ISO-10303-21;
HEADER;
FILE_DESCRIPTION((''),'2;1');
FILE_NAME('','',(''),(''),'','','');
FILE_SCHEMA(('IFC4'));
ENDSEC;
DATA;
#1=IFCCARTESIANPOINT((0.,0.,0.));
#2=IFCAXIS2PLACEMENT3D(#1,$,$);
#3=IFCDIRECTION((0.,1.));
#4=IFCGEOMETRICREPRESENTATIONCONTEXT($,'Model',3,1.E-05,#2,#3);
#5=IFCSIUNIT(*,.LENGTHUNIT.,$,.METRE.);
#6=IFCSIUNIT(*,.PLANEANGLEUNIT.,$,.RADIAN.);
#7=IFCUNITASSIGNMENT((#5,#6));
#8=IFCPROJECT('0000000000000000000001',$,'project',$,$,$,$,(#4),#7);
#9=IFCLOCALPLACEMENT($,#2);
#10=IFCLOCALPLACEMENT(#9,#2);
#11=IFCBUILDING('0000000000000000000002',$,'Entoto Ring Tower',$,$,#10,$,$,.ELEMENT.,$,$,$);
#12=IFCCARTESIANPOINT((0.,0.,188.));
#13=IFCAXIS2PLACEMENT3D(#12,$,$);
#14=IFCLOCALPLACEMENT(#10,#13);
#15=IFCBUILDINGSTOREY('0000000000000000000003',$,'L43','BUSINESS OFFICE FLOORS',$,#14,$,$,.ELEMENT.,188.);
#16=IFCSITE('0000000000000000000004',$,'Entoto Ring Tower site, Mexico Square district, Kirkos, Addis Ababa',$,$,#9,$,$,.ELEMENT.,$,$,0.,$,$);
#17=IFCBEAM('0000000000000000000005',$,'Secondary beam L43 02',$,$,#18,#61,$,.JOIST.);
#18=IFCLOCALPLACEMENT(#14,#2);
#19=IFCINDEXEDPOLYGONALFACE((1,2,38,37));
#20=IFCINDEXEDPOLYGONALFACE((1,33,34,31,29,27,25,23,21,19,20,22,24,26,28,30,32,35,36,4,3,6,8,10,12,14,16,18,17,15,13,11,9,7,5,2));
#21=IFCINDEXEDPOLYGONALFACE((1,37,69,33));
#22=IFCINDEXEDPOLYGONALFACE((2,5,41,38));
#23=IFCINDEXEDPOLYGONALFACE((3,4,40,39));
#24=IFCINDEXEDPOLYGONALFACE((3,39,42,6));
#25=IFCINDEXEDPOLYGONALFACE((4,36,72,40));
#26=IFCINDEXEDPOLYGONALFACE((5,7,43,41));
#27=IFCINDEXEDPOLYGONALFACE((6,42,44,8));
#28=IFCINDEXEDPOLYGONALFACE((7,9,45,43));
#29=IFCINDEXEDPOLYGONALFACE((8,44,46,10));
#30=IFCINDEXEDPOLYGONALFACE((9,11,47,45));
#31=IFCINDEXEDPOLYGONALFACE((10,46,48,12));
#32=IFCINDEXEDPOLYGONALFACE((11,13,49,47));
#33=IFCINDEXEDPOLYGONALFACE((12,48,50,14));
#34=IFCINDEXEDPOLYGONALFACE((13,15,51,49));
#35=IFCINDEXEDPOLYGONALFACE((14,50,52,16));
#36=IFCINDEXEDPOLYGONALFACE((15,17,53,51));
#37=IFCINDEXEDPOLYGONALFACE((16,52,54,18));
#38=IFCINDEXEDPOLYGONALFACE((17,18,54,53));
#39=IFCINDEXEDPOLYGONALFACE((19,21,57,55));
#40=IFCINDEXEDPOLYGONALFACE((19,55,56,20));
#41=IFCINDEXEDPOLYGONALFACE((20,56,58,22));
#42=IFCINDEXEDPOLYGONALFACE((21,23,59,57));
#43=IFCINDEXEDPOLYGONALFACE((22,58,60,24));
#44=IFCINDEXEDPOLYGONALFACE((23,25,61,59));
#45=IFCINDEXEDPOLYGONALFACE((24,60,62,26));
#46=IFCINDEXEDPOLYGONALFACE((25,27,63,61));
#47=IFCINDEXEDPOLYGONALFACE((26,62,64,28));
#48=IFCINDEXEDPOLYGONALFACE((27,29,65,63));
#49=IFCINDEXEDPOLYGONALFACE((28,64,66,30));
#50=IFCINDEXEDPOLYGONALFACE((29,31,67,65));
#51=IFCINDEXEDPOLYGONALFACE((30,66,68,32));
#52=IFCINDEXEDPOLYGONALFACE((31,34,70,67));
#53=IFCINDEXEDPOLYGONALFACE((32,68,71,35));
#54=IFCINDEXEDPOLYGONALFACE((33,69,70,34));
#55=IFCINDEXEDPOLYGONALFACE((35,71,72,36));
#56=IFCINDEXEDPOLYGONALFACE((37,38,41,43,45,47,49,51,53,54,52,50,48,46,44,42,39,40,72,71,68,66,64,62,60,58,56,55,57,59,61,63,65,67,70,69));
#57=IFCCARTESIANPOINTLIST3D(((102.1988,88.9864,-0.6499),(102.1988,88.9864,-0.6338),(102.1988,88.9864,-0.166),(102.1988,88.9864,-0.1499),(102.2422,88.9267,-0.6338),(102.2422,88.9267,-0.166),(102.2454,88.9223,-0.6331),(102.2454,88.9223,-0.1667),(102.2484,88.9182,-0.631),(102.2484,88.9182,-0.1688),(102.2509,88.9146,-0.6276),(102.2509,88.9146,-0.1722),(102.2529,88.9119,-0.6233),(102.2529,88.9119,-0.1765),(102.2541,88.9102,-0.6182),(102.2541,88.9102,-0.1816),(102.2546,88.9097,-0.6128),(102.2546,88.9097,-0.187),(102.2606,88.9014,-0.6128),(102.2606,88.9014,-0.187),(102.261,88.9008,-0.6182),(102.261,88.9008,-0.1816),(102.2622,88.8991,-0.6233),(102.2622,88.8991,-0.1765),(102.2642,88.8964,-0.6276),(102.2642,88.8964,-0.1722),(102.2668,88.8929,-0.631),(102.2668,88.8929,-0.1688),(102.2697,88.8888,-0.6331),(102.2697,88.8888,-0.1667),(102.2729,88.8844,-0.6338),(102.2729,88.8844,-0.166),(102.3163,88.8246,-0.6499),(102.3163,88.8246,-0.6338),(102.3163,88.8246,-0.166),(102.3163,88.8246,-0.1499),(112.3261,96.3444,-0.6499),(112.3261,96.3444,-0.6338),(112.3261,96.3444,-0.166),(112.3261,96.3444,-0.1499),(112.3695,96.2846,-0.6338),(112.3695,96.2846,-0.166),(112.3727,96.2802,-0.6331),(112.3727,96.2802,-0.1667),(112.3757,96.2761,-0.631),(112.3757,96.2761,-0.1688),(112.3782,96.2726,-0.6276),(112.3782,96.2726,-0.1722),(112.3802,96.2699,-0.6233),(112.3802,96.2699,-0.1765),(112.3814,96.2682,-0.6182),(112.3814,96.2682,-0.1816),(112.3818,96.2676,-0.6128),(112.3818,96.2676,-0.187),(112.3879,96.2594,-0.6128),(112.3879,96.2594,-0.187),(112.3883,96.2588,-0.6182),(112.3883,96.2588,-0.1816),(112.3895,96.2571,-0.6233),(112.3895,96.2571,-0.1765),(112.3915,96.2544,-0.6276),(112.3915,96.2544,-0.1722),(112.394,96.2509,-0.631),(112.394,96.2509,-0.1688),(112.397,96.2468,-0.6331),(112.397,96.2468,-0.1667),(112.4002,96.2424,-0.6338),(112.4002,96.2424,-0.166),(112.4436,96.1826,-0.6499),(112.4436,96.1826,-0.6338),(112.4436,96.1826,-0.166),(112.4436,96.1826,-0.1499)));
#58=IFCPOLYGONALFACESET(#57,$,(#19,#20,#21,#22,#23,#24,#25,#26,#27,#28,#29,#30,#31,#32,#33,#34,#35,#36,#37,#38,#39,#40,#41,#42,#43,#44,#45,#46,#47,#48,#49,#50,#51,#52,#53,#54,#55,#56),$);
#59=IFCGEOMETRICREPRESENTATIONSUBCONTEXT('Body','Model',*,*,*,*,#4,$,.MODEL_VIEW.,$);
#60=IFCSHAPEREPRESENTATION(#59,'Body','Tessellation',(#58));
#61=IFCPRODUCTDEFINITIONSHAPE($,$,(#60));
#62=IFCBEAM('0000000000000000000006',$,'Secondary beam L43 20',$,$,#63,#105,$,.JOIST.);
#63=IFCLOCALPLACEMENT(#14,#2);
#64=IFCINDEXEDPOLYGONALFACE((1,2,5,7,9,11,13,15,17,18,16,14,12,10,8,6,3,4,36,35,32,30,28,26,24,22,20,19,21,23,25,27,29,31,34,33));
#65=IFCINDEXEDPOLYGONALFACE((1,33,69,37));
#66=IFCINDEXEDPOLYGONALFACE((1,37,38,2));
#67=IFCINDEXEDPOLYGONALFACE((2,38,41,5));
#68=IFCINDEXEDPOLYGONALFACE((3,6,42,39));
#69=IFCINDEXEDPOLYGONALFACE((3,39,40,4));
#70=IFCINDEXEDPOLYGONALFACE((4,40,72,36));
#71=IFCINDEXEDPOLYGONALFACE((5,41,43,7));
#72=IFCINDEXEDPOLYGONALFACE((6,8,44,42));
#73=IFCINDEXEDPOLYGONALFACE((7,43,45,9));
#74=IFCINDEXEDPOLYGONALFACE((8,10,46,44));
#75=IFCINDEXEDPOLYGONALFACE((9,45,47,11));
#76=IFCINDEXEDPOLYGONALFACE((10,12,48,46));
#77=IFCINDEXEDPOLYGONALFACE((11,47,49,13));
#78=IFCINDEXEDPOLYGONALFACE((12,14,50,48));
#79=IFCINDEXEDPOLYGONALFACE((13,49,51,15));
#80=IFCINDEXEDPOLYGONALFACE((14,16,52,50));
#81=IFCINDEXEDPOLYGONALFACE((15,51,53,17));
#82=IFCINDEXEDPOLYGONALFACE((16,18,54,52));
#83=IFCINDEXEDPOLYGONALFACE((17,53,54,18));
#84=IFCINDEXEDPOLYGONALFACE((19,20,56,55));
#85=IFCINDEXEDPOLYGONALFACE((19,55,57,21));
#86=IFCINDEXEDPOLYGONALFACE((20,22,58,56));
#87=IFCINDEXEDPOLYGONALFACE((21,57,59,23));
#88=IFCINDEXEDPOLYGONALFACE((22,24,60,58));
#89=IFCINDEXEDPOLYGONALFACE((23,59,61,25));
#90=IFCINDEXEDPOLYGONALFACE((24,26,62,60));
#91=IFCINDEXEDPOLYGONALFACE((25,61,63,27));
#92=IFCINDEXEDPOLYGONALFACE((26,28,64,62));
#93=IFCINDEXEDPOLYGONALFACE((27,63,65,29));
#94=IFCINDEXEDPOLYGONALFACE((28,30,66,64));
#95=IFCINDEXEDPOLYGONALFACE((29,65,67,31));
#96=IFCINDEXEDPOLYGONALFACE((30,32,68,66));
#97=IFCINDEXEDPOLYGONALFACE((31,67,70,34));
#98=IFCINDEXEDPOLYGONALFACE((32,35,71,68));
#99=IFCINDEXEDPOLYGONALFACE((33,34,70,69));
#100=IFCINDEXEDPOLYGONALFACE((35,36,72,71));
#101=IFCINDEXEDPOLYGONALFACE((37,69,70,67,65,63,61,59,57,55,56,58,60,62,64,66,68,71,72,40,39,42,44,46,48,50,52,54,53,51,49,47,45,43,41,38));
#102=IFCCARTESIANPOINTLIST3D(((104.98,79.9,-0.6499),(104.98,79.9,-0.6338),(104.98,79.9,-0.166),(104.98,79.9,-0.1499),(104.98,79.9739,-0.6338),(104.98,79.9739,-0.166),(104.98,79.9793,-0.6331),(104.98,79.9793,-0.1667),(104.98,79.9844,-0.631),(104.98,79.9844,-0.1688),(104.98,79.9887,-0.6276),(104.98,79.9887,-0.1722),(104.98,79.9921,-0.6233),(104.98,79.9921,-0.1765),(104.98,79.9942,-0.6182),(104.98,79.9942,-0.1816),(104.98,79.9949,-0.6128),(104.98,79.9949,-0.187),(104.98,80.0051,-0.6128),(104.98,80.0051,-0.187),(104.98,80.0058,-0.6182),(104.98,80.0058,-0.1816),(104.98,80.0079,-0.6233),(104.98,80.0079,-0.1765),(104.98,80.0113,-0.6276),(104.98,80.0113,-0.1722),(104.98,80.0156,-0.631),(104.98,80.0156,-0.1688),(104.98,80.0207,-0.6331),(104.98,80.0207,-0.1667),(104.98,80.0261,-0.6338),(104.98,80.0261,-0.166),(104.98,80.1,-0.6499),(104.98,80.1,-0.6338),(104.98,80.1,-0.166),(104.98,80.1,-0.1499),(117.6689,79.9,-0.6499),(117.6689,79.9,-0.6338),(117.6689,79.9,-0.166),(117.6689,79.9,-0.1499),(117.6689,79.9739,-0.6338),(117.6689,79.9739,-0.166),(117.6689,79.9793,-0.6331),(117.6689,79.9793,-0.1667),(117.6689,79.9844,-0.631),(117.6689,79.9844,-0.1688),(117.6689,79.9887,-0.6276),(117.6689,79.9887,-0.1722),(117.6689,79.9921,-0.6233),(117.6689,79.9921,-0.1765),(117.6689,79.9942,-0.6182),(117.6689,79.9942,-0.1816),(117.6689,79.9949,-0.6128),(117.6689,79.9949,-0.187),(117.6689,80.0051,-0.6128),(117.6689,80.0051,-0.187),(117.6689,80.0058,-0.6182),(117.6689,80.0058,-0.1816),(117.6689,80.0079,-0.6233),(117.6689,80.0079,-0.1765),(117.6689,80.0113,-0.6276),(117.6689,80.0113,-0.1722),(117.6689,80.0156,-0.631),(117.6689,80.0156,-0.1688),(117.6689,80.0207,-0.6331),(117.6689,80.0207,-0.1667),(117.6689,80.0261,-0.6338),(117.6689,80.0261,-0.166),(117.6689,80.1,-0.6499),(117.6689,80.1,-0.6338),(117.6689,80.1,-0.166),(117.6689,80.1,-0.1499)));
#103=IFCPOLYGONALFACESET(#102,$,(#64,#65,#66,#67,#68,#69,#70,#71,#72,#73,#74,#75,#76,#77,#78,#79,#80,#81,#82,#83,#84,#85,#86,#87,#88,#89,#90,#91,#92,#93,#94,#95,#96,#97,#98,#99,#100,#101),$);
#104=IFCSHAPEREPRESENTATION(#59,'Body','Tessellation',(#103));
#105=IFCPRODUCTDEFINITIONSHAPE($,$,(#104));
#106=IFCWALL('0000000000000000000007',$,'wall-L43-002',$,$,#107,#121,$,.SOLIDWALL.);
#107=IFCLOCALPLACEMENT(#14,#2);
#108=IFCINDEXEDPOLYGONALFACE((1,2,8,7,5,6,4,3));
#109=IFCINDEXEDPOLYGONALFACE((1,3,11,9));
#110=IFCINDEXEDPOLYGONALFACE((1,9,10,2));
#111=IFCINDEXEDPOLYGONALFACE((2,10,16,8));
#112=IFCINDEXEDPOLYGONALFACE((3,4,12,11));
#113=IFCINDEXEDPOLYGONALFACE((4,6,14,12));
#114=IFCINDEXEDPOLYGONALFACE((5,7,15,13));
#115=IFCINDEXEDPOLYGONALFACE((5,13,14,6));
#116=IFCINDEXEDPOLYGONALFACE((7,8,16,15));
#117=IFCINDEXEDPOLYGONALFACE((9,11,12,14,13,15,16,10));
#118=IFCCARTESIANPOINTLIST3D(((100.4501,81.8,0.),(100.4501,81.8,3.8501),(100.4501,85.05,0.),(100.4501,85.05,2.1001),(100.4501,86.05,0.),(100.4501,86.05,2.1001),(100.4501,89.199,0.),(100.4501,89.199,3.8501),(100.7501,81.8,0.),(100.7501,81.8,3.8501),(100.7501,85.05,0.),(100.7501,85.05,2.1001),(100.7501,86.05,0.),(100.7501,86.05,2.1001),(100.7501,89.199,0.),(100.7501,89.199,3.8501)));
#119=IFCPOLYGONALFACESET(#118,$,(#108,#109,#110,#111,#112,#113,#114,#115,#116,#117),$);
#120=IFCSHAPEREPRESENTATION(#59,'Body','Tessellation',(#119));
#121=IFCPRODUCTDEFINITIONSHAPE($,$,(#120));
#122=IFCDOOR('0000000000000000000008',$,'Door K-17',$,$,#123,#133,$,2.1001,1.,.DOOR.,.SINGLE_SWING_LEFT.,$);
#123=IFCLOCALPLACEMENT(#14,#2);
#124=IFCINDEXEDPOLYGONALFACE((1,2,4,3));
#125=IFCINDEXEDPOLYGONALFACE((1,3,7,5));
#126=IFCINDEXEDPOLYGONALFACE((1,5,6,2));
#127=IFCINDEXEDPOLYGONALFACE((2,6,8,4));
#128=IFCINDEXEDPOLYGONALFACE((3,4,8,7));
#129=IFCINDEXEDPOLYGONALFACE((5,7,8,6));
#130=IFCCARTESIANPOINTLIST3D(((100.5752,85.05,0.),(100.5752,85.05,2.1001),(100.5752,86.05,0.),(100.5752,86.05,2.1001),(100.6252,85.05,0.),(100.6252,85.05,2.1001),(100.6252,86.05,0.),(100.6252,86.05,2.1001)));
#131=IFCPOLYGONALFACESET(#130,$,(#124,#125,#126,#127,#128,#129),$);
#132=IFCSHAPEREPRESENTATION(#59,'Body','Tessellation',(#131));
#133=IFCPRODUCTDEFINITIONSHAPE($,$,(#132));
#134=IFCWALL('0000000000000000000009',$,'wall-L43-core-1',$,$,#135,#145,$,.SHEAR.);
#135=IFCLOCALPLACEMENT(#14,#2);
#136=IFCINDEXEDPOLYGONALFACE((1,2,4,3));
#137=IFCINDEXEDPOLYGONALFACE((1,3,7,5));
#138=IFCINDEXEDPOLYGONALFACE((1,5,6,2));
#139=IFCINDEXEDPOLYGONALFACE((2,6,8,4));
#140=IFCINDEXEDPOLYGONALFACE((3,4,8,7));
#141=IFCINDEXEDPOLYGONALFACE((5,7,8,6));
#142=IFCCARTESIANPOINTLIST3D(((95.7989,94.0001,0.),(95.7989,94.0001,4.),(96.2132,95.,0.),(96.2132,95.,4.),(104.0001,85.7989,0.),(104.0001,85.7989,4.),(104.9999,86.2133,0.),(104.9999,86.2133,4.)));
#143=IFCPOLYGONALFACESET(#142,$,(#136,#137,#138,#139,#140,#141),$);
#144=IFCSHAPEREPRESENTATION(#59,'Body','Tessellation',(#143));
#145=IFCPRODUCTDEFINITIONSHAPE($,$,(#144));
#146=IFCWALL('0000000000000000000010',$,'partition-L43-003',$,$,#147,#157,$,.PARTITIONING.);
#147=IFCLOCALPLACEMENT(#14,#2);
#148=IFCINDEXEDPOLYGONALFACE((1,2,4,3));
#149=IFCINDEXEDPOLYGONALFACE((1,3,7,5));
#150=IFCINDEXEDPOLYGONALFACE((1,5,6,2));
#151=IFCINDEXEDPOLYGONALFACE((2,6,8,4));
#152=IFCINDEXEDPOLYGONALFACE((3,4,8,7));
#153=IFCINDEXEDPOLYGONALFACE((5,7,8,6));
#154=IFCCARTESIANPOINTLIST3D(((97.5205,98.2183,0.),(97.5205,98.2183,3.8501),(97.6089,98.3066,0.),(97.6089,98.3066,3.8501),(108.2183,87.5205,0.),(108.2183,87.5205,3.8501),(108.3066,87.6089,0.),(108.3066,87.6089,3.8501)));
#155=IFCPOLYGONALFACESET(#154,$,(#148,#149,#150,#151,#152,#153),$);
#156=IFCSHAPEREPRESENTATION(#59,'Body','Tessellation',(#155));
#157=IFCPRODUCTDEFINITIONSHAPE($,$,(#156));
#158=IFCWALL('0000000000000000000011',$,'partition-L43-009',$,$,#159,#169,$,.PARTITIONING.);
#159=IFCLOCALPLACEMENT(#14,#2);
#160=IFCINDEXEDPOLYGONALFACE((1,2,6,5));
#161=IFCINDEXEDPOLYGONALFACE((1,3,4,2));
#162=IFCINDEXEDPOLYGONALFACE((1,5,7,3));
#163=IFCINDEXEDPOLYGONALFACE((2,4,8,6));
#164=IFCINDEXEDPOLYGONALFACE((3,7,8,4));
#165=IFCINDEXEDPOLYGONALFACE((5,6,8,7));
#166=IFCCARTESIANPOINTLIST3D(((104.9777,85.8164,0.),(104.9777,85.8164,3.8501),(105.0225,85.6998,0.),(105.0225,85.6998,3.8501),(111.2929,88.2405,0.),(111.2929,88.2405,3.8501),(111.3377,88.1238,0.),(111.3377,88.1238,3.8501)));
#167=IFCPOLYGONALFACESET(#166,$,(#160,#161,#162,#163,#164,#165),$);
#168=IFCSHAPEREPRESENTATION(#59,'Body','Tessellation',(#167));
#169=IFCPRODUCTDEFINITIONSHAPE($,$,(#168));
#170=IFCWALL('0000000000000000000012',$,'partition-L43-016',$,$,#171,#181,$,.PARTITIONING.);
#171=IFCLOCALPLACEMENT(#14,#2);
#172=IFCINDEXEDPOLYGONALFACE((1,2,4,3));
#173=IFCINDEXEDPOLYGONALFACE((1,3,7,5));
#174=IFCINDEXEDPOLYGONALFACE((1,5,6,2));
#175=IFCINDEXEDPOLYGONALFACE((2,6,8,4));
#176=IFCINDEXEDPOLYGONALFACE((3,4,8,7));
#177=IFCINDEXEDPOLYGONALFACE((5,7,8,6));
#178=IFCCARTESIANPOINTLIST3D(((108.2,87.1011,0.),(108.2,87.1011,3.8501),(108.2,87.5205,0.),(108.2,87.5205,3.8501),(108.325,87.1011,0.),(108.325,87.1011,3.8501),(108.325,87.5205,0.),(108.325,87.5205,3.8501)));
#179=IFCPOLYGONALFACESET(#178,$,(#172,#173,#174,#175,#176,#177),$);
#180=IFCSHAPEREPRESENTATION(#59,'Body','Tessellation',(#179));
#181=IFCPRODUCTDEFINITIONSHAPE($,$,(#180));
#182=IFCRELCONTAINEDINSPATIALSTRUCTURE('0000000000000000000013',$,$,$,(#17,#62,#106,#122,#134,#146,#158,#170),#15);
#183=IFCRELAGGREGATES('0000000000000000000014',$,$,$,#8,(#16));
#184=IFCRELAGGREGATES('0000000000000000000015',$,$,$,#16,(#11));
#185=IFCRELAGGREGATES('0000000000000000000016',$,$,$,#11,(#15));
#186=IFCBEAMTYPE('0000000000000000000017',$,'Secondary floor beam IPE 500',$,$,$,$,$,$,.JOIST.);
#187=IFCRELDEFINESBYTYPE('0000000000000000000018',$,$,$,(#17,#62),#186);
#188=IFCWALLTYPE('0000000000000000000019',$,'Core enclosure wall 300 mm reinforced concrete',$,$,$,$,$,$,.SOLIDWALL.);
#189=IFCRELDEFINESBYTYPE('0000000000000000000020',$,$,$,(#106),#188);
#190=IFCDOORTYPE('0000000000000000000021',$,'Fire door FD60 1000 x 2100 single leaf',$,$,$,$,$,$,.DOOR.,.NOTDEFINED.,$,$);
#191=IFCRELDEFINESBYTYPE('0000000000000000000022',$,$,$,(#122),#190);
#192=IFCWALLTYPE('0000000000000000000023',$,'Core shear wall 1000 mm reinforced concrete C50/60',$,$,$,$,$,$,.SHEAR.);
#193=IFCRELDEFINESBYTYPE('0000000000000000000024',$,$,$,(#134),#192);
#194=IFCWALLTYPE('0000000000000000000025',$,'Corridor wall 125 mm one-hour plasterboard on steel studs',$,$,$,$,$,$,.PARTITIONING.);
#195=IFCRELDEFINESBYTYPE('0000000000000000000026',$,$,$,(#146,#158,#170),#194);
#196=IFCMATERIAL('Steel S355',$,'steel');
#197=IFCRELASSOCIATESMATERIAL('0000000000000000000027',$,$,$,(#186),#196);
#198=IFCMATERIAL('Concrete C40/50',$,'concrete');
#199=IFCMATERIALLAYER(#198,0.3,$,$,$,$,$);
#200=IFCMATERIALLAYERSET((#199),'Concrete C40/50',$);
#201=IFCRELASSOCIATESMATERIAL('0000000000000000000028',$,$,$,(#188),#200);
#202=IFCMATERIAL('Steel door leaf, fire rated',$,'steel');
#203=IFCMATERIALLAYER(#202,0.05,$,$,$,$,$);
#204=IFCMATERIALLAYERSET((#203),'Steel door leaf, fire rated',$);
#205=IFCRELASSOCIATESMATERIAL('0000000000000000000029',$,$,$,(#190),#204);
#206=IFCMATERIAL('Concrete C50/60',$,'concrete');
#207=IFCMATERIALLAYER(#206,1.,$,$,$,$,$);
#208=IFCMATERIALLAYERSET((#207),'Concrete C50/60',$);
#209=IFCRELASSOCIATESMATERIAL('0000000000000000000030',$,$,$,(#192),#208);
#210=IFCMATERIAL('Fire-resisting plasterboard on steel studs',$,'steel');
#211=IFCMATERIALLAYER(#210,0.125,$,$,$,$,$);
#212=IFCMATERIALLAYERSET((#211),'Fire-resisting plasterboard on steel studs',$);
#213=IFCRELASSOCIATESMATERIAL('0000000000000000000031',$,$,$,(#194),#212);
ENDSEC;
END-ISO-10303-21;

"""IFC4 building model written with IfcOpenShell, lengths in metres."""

from ifc_helpers import new_model, si_unit, direction, frame, frame_2d, origin, origin_2d, place, context, subcontext, project, spatial, polyline, rectangle, i_section, outline, extrude, material, layer, layer_set, material_profile, profile_set, type_object, element, fill, save


model = new_model("IFC4")

# Units and contexts
model_context = context("Model", 3, precision=1e-05, world=origin(), true_north=direction((0.0, 1.0)))
body_context = subcontext(model_context, "Body", "Model", "MODEL_VIEW")
ifc_project = project(units=[si_unit("LENGTHUNIT", "METRE"), si_unit("PLANEANGLEUNIT", "RADIAN")], contexts=[model_context])

# Site, building, storey
site_placement = place(None, origin())
site = spatial("IfcSite", under=ifc_project, at=site_placement, Name="Entoto Ring Tower site, Mexico Square district, Kirkos, Addis Ababa", CompositionType="ELEMENT", RefElevation=0.0)
building_placement = place(site_placement, origin())
building = spatial("IfcBuilding", under=site, at=building_placement, Name="Entoto Ring Tower", CompositionType="ELEMENT")
storey_placement = place(building_placement, frame((0.0, 0.0, 188.0)))
storey = spatial("IfcBuildingStorey", under=building, at=storey_placement, Name="L43", Description="BUSINESS OFFICE FLOORS", CompositionType="ELEMENT", Elevation=188.0)

# Beams
ifc_material_1 = material(Name="Steel S355", Category="steel")
ifc_material_profile_1 = material_profile(ifc_material_1, i_section(OverallWidth=0.2, OverallDepth=0.5, WebThickness=0.0103, FlangeThickness=0.0161, FilletRadius=0.021, at=origin_2d()), Name="IPE 500")
ifc_profile_set_1 = profile_set([ifc_material_profile_1], Name="Steel S355")
beam_type_1 = type_object("IfcBeamType", Name="Secondary floor beam IPE 500", PredefinedType="JOIST", material=ifc_profile_set_1)
beam_1_placement = place(storey_placement, frame((102.2576, 88.9055, -0.3999), z_axis=(0.809014, 0.587789, 0.0), x_axis=(-0.587789, 0.809014, 0.0)))
element("IfcBeam", 1, at=beam_1_placement, inside=storey, type_object=beam_type_1, Name="Secondary beam L43 02", PredefinedType="JOIST", context=body_context, shape_type="SweptSolid", body=[
    extrude(i_section(OverallWidth=0.2, OverallDepth=0.5, WebThickness=0.0103, FlangeThickness=0.0161, FilletRadius=0.021, at=origin_2d()), origin(), (0.0, 0.0, 1.0), 12.5181),
])
beam_2_placement = place(storey_placement, frame((104.98, 80.0, -0.3999), z_axis=(1.0, 0.0, 0.0), x_axis=(0.0, 1.0, 0.0)))
element("IfcBeam", 2, at=beam_2_placement, inside=storey, type_object=beam_type_1, Name="Secondary beam L43 20", PredefinedType="JOIST", context=body_context, shape_type="SweptSolid", body=[
    extrude(i_section(OverallWidth=0.2, OverallDepth=0.5, WebThickness=0.0103, FlangeThickness=0.0161, FilletRadius=0.021, at=origin_2d()), origin(), (0.0, 0.0, 1.0), 12.689),
])

# Wall, opening, door
ifc_material_2 = material(Name="Concrete C40/50", Category="concrete")
ifc_layer_1 = layer(ifc_material_2, 0.3)
ifc_layer_set_1 = layer_set([ifc_layer_1], Name="Concrete C40/50")
wall_type_1 = type_object("IfcWallType", Name="Core enclosure wall 300 mm reinforced concrete", PredefinedType="SOLIDWALL", material=ifc_layer_set_1)
wall_1_placement = place(storey_placement, frame((100.6001, 81.8, 0.0), z_axis=(0.0, 0.0, 1.0), x_axis=(0.0, 1.0, 0.0)))
wall_1 = element("IfcWall", 3, at=wall_1_placement, inside=storey, type_object=wall_type_1, Name="wall-L43-002", PredefinedType="SOLIDWALL", context=body_context, shape_type="SweptSolid", body=[
    extrude(rectangle(XDim=7.3989, YDim=0.3, at=frame_2d((3.6995, 0.0))), origin(), (0.0, 0.0, 1.0), 3.8501),
])
opening_1_placement = place(wall_1_placement, frame((3.25, 0.0, 0.0)))
opening_1 = element("IfcOpeningElement", 4, at=opening_1_placement, cuts=wall_1, PredefinedType="OPENING", context=body_context, shape_type="SweptSolid", body=[
    extrude(rectangle(XDim=1.0, YDim=2.1001, at=frame_2d((0.5, 1.05))), frame((0.0, 0.1602, 0.0), z_axis=(0.0, -1.0, 0.0), x_axis=(1.0, 0.0, 0.0)), (0.0, 0.0, 1.0), 0.3201),
])
ifc_material_3 = material(Name="Steel door leaf, fire rated", Category="steel")
ifc_layer_2 = layer(ifc_material_3, 0.05)
ifc_layer_set_2 = layer_set([ifc_layer_2], Name="Steel door leaf, fire rated")
door_type_1 = type_object("IfcDoorType", Name="Fire door FD60 1000 x 2100 single leaf", OperationType="NOTDEFINED", PredefinedType="DOOR", material=ifc_layer_set_2)
door_1_placement = place(opening_1_placement, origin())
door_1 = element("IfcDoor", 5, at=door_1_placement, inside=storey, type_object=door_type_1, Name="Door K-17", OperationType="SINGLE_SWING_LEFT", OverallHeight=2.1001, OverallWidth=1.0, PredefinedType="DOOR", context=body_context, shape_type="SweptSolid", body=[
    extrude(rectangle(XDim=1.0, YDim=2.1001, at=frame_2d((0.5, 1.05))), frame((0.0, 0.0249, 0.0), z_axis=(0.0, -1.0, 0.0), x_axis=(1.0, 0.0, 0.0)), (0.0, 0.0, 1.0), 0.05),
])
fill(opening_1, door_1)

# Walls
ifc_material_4 = material(Name="Concrete C50/60", Category="concrete")
ifc_layer_3 = layer(ifc_material_4, 1.0)
ifc_layer_set_3 = layer_set([ifc_layer_3], Name="Concrete C50/60")
wall_type_2 = type_object("IfcWallType", Name="Core shear wall 1000 mm reinforced concrete C50/60", PredefinedType="SHEAR", material=ifc_layer_set_3)
wall_2_placement = place(storey_placement, frame((104.5, 86.0061, 0.0), z_axis=(0.0, 0.0, 1.0), x_axis=(-0.707107, 0.707107, 0.0)))
element("IfcWall", 6, at=wall_2_placement, inside=storey, type_object=wall_type_2, Name="wall-L43-core-1", PredefinedType="SHEAR", context=body_context, shape_type="SweptSolid", body=[
    extrude(outline(polyline([(-0.207, -0.5), (12.2192, -0.5), (11.8052, 0.5), (0.207, 0.5), (-0.207, -0.5)])), origin(), (0.0, 0.0, 1.0), 4.0),
])
ifc_material_5 = material(Name="Fire-resisting plasterboard on steel studs", Category="steel")
ifc_layer_4 = layer(ifc_material_5, 0.125)
ifc_layer_set_4 = layer_set([ifc_layer_4], Name="Fire-resisting plasterboard on steel studs")
wall_type_3 = type_object("IfcWallType", Name="Corridor wall 125 mm one-hour plasterboard on steel studs", PredefinedType="PARTITIONING", material=ifc_layer_set_4)
wall_3_placement = place(storey_placement, frame((108.2625, 87.5647, 0.0), z_axis=(0.0, 0.0, 1.0), x_axis=(-0.707107, 0.707107, 0.0)))
element("IfcWall", 7, at=wall_3_placement, inside=storey, type_object=wall_type_3, Name="partition-L43-003", PredefinedType="PARTITIONING", context=body_context, shape_type="SweptSolid", body=[
    extrude(rectangle(XDim=15.1289, YDim=0.125, at=frame_2d((7.5645, 0.0))), origin(), (0.0, 0.0, 1.0), 3.8501),
])
wall_4_placement = place(storey_placement, frame((105.0, 85.7581, 0.0), z_axis=(0.0, 0.0, 1.0), x_axis=(0.933585, 0.358355, 0.0)))
element("IfcWall", 8, at=wall_4_placement, inside=storey, type_object=wall_type_3, Name="partition-L43-009", PredefinedType="PARTITIONING", context=body_context, shape_type="SweptSolid", body=[
    extrude(rectangle(XDim=6.7644, YDim=0.125, at=frame_2d((3.3823, 0.0))), origin(), (0.0, 0.0, 1.0), 3.8501),
])
wall_5_placement = place(storey_placement, frame((108.2625, 87.1011, 0.0), z_axis=(0.0, 0.0, 1.0), x_axis=(0.0, 1.0, 0.0)))
element("IfcWall", 9, at=wall_5_placement, inside=storey, type_object=wall_type_3, Name="partition-L43-016", PredefinedType="PARTITIONING", context=body_context, shape_type="SweptSolid", body=[
    extrude(rectangle(XDim=0.4194, YDim=0.125, at=frame_2d((0.2097, 0.0))), origin(), (0.0, 0.0, 1.0), 3.8501),
])

save(model, "model.ifc")
